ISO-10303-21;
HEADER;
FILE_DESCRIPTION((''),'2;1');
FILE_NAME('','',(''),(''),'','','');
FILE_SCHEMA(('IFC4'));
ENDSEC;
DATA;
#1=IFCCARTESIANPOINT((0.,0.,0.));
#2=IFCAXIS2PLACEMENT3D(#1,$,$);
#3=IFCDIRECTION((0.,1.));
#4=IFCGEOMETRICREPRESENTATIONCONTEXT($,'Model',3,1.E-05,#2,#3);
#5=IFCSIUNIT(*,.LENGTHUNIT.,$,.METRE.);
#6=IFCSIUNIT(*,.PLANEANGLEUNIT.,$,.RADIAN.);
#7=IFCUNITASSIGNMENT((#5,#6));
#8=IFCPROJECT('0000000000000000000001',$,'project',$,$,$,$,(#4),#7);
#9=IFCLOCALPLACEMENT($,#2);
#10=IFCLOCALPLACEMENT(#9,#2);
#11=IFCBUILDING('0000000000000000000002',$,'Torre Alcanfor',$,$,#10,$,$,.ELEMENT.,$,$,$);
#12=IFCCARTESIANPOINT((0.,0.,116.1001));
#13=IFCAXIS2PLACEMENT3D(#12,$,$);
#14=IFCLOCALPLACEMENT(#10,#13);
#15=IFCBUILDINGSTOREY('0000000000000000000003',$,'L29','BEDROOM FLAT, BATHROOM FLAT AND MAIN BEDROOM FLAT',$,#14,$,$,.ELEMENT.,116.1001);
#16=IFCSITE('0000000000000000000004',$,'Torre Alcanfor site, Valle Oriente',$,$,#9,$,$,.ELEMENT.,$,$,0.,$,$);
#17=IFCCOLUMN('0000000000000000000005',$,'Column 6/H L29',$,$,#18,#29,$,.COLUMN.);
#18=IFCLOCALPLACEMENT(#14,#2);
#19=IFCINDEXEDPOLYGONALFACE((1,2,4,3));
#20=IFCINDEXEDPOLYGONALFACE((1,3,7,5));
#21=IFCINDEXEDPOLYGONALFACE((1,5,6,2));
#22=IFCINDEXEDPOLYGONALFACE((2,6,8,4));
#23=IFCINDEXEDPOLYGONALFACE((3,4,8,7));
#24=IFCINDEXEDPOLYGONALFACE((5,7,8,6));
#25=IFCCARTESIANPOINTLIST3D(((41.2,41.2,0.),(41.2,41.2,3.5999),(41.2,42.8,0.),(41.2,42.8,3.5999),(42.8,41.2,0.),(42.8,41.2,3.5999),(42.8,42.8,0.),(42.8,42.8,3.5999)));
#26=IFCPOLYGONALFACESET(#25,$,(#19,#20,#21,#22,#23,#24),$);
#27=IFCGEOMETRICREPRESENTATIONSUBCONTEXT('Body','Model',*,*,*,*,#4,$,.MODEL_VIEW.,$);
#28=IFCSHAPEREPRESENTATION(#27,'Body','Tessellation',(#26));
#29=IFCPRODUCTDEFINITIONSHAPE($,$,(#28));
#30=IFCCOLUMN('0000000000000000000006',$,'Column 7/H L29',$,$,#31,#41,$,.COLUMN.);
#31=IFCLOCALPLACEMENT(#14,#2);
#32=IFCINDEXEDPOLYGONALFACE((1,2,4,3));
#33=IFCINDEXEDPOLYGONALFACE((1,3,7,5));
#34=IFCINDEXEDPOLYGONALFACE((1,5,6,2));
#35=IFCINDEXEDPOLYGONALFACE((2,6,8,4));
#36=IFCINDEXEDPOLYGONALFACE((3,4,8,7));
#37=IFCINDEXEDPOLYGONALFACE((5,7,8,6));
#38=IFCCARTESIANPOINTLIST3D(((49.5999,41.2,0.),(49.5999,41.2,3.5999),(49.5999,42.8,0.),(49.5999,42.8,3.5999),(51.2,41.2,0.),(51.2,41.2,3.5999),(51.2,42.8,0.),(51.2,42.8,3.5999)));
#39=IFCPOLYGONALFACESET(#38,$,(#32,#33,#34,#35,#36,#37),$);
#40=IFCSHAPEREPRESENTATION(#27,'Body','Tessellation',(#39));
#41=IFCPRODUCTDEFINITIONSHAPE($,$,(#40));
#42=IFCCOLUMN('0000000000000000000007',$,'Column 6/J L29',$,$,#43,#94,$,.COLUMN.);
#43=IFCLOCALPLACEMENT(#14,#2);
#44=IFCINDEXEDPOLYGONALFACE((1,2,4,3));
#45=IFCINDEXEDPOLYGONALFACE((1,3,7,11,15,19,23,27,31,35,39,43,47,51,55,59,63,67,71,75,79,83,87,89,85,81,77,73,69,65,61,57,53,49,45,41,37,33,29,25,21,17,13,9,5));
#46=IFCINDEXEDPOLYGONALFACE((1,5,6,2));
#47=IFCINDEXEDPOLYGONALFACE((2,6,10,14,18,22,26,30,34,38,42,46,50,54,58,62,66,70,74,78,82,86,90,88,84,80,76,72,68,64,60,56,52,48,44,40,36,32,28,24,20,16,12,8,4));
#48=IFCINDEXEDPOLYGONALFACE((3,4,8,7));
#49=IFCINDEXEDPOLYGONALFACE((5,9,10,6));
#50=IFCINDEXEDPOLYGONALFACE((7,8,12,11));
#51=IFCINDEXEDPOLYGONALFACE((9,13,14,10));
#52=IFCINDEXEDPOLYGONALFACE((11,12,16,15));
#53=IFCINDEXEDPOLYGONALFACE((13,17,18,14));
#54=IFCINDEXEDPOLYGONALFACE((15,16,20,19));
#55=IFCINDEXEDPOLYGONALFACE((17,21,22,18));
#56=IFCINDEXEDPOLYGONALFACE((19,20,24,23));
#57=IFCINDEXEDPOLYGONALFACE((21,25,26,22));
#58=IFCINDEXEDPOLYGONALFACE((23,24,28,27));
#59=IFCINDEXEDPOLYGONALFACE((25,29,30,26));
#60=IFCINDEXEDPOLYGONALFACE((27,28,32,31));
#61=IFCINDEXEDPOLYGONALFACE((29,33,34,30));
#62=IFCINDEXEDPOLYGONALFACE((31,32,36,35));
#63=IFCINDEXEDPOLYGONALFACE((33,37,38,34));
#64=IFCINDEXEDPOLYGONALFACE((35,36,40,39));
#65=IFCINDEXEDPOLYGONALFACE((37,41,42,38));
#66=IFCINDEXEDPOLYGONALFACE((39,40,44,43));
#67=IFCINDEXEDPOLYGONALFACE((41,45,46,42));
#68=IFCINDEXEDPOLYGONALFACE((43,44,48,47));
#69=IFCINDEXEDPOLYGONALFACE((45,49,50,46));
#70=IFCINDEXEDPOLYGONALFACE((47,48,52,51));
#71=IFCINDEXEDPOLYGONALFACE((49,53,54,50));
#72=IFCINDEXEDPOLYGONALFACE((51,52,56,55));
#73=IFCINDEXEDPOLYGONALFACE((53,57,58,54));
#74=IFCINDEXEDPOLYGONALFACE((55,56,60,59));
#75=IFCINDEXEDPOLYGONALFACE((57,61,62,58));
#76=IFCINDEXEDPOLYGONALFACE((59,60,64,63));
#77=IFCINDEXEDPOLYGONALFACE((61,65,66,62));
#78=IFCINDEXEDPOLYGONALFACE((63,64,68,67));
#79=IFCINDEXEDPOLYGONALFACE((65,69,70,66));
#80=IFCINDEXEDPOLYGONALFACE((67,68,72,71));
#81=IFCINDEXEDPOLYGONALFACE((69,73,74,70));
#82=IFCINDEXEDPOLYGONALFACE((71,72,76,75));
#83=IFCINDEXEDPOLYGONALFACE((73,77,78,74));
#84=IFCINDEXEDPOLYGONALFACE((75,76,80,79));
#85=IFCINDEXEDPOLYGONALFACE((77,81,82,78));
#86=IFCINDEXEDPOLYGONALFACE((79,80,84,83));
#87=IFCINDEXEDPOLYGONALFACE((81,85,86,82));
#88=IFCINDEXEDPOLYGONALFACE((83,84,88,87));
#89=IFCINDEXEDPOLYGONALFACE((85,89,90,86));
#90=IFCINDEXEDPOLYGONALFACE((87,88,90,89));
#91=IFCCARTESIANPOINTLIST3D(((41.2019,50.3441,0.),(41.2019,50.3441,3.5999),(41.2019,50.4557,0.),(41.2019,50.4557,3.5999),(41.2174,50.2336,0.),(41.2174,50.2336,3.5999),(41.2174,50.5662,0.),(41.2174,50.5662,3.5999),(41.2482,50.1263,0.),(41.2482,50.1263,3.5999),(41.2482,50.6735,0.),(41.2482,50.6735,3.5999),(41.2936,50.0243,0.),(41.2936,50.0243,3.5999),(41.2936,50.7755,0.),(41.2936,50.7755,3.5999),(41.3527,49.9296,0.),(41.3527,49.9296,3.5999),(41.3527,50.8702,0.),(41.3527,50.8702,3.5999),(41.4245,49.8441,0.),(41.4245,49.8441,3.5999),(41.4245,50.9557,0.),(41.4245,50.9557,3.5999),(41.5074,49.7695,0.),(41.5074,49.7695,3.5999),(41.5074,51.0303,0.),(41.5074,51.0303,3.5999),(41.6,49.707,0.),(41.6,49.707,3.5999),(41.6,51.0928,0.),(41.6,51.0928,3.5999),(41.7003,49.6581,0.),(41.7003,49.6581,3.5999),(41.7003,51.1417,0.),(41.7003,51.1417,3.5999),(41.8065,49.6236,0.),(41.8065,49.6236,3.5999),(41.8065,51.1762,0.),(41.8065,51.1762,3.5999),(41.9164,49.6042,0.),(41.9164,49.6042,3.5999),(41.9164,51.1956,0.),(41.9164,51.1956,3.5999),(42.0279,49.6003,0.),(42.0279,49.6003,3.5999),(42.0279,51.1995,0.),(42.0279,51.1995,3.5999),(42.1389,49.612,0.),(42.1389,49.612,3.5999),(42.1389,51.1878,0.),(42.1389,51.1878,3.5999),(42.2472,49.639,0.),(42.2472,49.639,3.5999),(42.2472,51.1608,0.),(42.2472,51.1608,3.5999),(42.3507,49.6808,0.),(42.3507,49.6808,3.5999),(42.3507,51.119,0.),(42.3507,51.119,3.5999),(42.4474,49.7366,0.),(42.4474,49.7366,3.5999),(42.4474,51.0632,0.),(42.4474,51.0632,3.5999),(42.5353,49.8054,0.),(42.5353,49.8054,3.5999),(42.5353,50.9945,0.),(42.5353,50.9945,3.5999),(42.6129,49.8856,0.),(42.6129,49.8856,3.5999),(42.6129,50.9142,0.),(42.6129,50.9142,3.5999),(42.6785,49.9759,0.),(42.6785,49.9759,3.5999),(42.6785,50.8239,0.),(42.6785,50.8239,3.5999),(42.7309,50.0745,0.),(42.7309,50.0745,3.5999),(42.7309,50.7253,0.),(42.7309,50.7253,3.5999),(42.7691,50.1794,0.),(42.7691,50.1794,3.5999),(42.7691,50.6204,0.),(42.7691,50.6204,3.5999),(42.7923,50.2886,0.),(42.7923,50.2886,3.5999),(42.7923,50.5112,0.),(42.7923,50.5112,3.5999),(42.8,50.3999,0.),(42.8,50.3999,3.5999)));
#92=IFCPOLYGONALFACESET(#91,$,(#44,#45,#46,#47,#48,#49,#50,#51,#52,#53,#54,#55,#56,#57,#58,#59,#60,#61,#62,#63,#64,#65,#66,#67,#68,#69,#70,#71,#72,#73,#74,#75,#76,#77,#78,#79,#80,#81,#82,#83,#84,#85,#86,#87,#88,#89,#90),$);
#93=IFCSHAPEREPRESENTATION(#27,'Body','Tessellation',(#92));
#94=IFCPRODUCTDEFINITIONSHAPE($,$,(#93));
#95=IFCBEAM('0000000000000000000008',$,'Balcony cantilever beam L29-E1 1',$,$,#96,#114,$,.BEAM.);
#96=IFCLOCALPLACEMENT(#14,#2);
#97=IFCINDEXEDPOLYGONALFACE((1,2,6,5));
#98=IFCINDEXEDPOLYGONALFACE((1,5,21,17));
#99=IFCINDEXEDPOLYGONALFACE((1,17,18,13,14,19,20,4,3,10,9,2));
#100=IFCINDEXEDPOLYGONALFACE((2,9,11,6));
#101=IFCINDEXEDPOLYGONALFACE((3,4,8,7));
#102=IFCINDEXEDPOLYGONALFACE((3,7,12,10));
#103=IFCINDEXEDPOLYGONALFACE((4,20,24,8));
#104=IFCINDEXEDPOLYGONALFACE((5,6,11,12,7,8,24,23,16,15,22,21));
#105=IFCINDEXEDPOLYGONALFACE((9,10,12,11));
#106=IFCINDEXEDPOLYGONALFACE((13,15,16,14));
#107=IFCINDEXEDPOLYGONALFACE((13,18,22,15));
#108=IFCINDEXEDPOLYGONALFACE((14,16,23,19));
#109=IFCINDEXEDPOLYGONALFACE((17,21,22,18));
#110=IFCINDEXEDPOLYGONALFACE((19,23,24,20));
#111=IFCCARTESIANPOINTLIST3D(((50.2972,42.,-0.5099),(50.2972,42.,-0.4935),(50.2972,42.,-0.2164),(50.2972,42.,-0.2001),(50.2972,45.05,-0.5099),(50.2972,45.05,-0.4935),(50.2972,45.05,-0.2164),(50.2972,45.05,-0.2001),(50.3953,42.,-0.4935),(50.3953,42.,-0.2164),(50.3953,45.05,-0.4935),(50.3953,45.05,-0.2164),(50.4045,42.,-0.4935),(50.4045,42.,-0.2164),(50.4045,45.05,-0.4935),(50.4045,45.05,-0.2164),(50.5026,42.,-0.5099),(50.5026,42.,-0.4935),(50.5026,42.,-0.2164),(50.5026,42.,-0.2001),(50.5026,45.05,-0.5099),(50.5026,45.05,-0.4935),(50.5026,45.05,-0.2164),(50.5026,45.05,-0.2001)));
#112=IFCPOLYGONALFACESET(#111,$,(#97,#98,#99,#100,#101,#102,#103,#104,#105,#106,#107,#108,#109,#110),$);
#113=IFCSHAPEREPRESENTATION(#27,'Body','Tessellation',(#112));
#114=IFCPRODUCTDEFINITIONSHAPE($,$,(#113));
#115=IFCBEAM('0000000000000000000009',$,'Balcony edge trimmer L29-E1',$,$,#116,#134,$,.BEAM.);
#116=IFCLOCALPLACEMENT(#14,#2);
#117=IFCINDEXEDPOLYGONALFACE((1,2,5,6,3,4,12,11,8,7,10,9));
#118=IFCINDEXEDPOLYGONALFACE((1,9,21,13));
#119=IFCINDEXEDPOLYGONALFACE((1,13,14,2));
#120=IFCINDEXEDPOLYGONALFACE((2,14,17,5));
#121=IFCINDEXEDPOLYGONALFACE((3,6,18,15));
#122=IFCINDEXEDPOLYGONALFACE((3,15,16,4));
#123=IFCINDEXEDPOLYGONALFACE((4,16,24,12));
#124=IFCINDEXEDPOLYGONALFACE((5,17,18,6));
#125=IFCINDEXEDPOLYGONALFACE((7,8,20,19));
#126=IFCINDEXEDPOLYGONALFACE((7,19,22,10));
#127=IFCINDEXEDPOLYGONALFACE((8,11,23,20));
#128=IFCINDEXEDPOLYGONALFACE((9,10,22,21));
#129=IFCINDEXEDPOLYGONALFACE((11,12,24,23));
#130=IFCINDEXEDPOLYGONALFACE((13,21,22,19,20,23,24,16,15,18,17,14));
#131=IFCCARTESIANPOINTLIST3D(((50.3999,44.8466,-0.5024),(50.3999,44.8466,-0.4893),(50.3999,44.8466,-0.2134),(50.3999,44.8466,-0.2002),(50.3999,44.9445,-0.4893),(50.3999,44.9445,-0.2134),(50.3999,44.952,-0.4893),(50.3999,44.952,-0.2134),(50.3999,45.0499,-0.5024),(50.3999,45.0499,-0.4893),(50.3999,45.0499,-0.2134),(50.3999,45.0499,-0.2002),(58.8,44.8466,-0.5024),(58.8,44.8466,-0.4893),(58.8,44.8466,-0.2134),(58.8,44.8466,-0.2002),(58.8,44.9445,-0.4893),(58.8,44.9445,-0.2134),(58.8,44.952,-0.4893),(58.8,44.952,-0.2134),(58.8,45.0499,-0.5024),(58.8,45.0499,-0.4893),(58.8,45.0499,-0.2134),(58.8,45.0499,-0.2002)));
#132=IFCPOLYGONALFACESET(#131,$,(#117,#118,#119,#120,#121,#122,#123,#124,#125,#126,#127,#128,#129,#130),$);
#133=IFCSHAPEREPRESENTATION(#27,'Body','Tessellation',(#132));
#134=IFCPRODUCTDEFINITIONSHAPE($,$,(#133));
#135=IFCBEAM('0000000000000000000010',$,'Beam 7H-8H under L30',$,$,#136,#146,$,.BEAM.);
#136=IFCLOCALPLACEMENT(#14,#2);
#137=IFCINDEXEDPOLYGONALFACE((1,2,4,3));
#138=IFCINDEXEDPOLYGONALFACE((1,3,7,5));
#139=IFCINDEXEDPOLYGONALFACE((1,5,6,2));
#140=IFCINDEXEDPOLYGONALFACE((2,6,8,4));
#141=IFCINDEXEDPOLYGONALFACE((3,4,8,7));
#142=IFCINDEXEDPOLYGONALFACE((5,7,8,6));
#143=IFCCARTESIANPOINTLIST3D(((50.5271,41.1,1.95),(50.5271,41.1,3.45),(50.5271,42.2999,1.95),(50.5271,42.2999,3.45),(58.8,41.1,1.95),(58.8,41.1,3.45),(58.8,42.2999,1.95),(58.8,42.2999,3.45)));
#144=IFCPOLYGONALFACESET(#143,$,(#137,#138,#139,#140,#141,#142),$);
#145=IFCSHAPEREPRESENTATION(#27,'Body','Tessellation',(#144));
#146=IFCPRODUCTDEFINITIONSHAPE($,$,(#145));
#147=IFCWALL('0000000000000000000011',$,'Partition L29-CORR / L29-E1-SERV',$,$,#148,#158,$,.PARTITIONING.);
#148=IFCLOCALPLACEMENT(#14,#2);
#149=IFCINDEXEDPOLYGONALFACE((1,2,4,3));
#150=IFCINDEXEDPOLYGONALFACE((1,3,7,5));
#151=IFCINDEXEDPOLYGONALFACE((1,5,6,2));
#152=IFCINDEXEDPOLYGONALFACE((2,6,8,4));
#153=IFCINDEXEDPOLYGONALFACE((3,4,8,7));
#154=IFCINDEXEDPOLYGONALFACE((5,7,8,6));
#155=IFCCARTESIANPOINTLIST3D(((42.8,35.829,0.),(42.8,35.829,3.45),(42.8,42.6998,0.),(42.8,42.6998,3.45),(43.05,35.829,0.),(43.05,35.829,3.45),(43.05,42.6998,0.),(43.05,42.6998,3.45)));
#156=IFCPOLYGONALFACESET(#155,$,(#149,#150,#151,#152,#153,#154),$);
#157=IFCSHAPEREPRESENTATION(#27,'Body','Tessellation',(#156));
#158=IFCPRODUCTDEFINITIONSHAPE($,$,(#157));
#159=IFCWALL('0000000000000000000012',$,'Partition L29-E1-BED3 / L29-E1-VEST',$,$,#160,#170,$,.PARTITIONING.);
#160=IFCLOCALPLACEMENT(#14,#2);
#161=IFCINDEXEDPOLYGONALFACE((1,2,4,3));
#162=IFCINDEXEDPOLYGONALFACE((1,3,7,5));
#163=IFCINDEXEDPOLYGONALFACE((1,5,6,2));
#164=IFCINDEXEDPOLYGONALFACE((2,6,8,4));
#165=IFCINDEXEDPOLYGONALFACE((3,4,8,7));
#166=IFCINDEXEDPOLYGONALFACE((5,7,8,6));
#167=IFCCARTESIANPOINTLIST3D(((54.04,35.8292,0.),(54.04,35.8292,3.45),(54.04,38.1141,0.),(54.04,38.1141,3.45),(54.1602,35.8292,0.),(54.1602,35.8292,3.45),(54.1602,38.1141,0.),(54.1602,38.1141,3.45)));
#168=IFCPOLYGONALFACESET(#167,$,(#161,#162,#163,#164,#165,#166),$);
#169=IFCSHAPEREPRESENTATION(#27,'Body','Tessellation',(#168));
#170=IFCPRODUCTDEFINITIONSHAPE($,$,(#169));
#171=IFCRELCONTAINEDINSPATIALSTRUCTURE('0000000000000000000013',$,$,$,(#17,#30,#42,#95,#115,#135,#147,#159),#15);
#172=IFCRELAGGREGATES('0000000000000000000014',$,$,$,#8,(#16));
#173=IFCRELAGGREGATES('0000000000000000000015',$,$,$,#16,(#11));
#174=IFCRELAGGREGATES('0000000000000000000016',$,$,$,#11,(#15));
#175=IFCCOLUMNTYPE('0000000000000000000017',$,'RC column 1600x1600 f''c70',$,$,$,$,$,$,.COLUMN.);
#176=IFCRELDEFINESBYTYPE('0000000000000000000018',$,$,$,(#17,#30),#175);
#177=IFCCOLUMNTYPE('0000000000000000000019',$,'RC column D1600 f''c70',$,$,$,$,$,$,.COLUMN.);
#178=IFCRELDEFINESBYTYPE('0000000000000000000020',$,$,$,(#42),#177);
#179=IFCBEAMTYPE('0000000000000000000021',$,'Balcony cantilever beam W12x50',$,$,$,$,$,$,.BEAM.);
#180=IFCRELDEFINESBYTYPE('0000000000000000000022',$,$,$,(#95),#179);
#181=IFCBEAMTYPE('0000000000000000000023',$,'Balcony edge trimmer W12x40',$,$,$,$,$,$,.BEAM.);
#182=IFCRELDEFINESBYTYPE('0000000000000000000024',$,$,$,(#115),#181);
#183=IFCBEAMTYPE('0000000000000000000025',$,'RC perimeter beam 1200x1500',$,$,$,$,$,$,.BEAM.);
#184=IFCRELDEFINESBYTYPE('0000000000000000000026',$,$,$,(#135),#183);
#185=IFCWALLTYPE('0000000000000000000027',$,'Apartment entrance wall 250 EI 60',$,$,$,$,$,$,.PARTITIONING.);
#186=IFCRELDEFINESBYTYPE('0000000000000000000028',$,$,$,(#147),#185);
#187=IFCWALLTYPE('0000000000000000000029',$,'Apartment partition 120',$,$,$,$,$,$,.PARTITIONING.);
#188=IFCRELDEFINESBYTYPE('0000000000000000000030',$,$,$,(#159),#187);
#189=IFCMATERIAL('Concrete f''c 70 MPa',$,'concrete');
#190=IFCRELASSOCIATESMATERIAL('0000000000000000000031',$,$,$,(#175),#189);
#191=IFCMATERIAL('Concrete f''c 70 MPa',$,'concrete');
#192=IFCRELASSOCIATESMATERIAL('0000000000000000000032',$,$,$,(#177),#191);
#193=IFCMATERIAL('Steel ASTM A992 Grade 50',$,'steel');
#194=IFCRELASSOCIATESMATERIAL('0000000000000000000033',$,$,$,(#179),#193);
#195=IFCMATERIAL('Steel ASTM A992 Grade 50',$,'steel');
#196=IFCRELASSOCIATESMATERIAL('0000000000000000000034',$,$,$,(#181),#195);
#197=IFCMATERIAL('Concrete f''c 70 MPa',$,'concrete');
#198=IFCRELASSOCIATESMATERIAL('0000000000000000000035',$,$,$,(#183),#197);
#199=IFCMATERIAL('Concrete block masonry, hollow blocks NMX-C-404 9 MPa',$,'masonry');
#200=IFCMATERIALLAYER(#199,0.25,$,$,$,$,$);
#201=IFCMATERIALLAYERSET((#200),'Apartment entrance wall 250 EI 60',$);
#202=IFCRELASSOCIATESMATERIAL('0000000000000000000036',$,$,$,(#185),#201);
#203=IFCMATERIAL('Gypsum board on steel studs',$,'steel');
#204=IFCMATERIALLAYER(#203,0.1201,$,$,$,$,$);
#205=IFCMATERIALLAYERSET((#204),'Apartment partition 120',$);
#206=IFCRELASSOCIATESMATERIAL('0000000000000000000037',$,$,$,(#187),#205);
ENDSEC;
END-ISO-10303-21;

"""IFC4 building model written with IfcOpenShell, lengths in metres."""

from ifc_helpers import new_model, si_unit, direction, frame, frame_2d, origin, origin_2d, place, context, subcontext, project, spatial, rectangle, circle, i_section, extrude, material, layer, layer_set, material_profile, profile_set, type_object, element, save


model = new_model("IFC4")

# Units and contexts
model_context = context("Model", 3, precision=1e-05, world=origin(), true_north=direction((0.0, 1.0)))
body_context = subcontext(model_context, "Body", "Model", "MODEL_VIEW")
ifc_project = project(units=[si_unit("LENGTHUNIT", "METRE"), si_unit("PLANEANGLEUNIT", "RADIAN")], contexts=[model_context])

# Site, building, storey
site_placement = place(None, origin())
site = spatial("IfcSite", under=ifc_project, at=site_placement, Name="Torre Alcanfor site, Valle Oriente", CompositionType="ELEMENT", RefElevation=0.0)
building_placement = place(site_placement, origin())
building = spatial("IfcBuilding", under=site, at=building_placement, Name="Torre Alcanfor", CompositionType="ELEMENT")
storey_placement = place(building_placement, frame((0.0, 0.0, 116.1001)))
storey = spatial("IfcBuildingStorey", under=building, at=storey_placement, Name="L29", Description="BEDROOM FLAT, BATHROOM FLAT AND MAIN BEDROOM FLAT", CompositionType="ELEMENT", Elevation=116.1001)

# Columns
ifc_material_1 = material(Name="Concrete f'c 70 MPa", Category="concrete")
ifc_material_profile_1 = material_profile(ifc_material_1, rectangle(XDim=1.6001, YDim=1.6001, at=origin_2d()), Name="1600x1600")
ifc_profile_set_1 = profile_set([ifc_material_profile_1], Name="Concrete f'c 70 MPa")
column_type_1 = type_object("IfcColumnType", Name="RC column 1600x1600 f'c70", PredefinedType="COLUMN", material=ifc_profile_set_1)
for number, where, z_axis, x_axis, name in (
    (1, (42.0, 42.0, 0.0), (0.0, 0.0, 1.0), (1.0, 0.0, 0.0), "Column 6/H L29"),
    (2, (50.3999, 42.0, 0.0), (0.0, 0.0, 1.0), (1.0, 0.0, 0.0), "Column 7/H L29"),
):
    element("IfcColumn", number, at=place(storey_placement, frame(where, z_axis=z_axis, x_axis=x_axis)), inside=storey, type_object=column_type_1, Name=name, PredefinedType="COLUMN", context=body_context, shape_type="SweptSolid", body=[
        extrude(rectangle(XDim=1.6001, YDim=1.6001, at=origin_2d()), origin(), (0.0, 0.0, 1.0), 3.5999),
    ])
ifc_material_2 = material(Name="Concrete f'c 70 MPa", Category="concrete")
ifc_material_profile_2 = material_profile(ifc_material_2, circle(Radius=0.8, at=origin_2d()), Name="D1600")
ifc_profile_set_2 = profile_set([ifc_material_profile_2], Name="Concrete f'c 70 MPa")
column_type_2 = type_object("IfcColumnType", Name="RC column D1600 f'c70", PredefinedType="COLUMN", material=ifc_profile_set_2)
column_placement = place(storey_placement, frame((42.0, 50.3999, 0.0), z_axis=(0.0, 0.0, 1.0), x_axis=(1.0, 0.0, 0.0)))
element("IfcColumn", 3, at=column_placement, inside=storey, type_object=column_type_2, Name="Column 6/J L29", PredefinedType="COLUMN", context=body_context, shape_type="SweptSolid", body=[
    extrude(circle(Radius=0.8, at=origin_2d()), origin(), (0.0, 0.0, 1.0), 3.5999),
])

# Beams
ifc_material_3 = material(Name="Steel ASTM A992 Grade 50", Category="steel")
ifc_material_profile_3 = material_profile(ifc_material_3, i_section(OverallWidth=0.2053, OverallDepth=0.3098, WebThickness=0.0093, FlangeThickness=0.0164, at=origin_2d()), Name="W12x50")
ifc_profile_set_3 = profile_set([ifc_material_profile_3], Name="Steel ASTM A992 Grade 50")
beam_type_1 = type_object("IfcBeamType", Name="Balcony cantilever beam W12x50", PredefinedType="BEAM", material=ifc_profile_set_3)
beam_1_placement = place(storey_placement, frame((50.3999, 42.0, -0.355), z_axis=(0.0, 1.0, 0.0), x_axis=(-1.0, 0.0, 0.0)))
element("IfcBeam", 4, at=beam_1_placement, inside=storey, type_object=beam_type_1, Name="Balcony cantilever beam L29-E1 1", PredefinedType="BEAM", context=body_context, shape_type="SweptSolid", body=[
    extrude(i_section(OverallWidth=0.2053, OverallDepth=0.3098, WebThickness=0.0093, FlangeThickness=0.0164, at=origin_2d()), origin(), (0.0, 0.0, 1.0), 3.05),
])
ifc_material_4 = material(Name="Steel ASTM A992 Grade 50", Category="steel")
ifc_material_profile_4 = material_profile(ifc_material_4, i_section(OverallWidth=0.2034, OverallDepth=0.3022, WebThickness=0.0076, FlangeThickness=0.0132, at=origin_2d()), Name="W12x40")
ifc_profile_set_4 = profile_set([ifc_material_profile_4], Name="Steel ASTM A992 Grade 50")
beam_type_2 = type_object("IfcBeamType", Name="Balcony edge trimmer W12x40", PredefinedType="BEAM", material=ifc_profile_set_4)
beam_2_placement = place(storey_placement, frame((50.3999, 44.9482, -0.3513), z_axis=(1.0, 0.0, 0.0), x_axis=(0.0, 1.0, 0.0)))
element("IfcBeam", 5, at=beam_2_placement, inside=storey, type_object=beam_type_2, Name="Balcony edge trimmer L29-E1", PredefinedType="BEAM", context=body_context, shape_type="SweptSolid", body=[
    extrude(i_section(OverallWidth=0.2034, OverallDepth=0.3022, WebThickness=0.0076, FlangeThickness=0.0132, at=origin_2d()), origin(), (0.0, 0.0, 1.0), 8.4001),
])
ifc_material_5 = material(Name="Concrete f'c 70 MPa", Category="concrete")
ifc_material_profile_5 = material_profile(ifc_material_5, rectangle(XDim=1.2, YDim=1.5, at=origin_2d()), Name="1200x1500")
ifc_profile_set_5 = profile_set([ifc_material_profile_5], Name="Concrete f'c 70 MPa")
beam_type_3 = type_object("IfcBeamType", Name="RC perimeter beam 1200x1500", PredefinedType="BEAM", material=ifc_profile_set_5)
beam_3_placement = place(storey_placement, frame((50.5271, 41.7, 2.7), z_axis=(1.0, 0.0, 0.0), x_axis=(0.0, 1.0, 0.0)))
element("IfcBeam", 6, at=beam_3_placement, inside=storey, type_object=beam_type_3, Name="Beam 7H-8H under L30", PredefinedType="BEAM", context=body_context, shape_type="SweptSolid", body=[
    extrude(rectangle(XDim=1.2, YDim=1.5, at=origin_2d()), origin(), (0.0, 0.0, 1.0), 8.2729),
])

# Walls
ifc_material_6 = material(Name="Concrete block masonry, hollow blocks NMX-C-404 9 MPa", Category="masonry")
ifc_layer_1 = layer(ifc_material_6, 0.25)
ifc_layer_set_1 = layer_set([ifc_layer_1], Name="Apartment entrance wall 250 EI 60")
wall_type_1 = type_object("IfcWallType", Name="Apartment entrance wall 250 EI 60", PredefinedType="PARTITIONING", material=ifc_layer_set_1)
wall_1_placement = place(storey_placement, frame((42.925, 42.7, 0.0), z_axis=(0.0, 0.0, 1.0), x_axis=(0.0, -1.0, 0.0)))
element("IfcWall", 7, at=wall_1_placement, inside=storey, type_object=wall_type_1, Name="Partition L29-CORR / L29-E1-SERV", PredefinedType="PARTITIONING", context=body_context, shape_type="SweptSolid", body=[
    extrude(rectangle(XDim=6.8708, YDim=0.25, at=frame_2d((3.4355, 0.0))), origin(), (0.0, 0.0, 1.0), 3.45),
])
ifc_material_7 = material(Name="Gypsum board on steel studs", Category="steel")
ifc_layer_2 = layer(ifc_material_7, 0.1201)
ifc_layer_set_2 = layer_set([ifc_layer_2], Name="Apartment partition 120")
wall_type_2 = type_object("IfcWallType", Name="Apartment partition 120", PredefinedType="PARTITIONING", material=ifc_layer_set_2)
wall_2_placement = place(storey_placement, frame((54.1001, 35.8291, 0.0), z_axis=(0.0, 0.0, 1.0), x_axis=(0.0, 1.0, 0.0)))
element("IfcWall", 8, at=wall_2_placement, inside=storey, type_object=wall_type_2, Name="Partition L29-E1-BED3 / L29-E1-VEST", PredefinedType="PARTITIONING", context=body_context, shape_type="SweptSolid", body=[
    extrude(rectangle(XDim=2.2849, YDim=0.1201, at=frame_2d((1.1426, 0.0))), origin(), (0.0, 0.0, 1.0), 3.45),
])

save(model, "model.ifc")
